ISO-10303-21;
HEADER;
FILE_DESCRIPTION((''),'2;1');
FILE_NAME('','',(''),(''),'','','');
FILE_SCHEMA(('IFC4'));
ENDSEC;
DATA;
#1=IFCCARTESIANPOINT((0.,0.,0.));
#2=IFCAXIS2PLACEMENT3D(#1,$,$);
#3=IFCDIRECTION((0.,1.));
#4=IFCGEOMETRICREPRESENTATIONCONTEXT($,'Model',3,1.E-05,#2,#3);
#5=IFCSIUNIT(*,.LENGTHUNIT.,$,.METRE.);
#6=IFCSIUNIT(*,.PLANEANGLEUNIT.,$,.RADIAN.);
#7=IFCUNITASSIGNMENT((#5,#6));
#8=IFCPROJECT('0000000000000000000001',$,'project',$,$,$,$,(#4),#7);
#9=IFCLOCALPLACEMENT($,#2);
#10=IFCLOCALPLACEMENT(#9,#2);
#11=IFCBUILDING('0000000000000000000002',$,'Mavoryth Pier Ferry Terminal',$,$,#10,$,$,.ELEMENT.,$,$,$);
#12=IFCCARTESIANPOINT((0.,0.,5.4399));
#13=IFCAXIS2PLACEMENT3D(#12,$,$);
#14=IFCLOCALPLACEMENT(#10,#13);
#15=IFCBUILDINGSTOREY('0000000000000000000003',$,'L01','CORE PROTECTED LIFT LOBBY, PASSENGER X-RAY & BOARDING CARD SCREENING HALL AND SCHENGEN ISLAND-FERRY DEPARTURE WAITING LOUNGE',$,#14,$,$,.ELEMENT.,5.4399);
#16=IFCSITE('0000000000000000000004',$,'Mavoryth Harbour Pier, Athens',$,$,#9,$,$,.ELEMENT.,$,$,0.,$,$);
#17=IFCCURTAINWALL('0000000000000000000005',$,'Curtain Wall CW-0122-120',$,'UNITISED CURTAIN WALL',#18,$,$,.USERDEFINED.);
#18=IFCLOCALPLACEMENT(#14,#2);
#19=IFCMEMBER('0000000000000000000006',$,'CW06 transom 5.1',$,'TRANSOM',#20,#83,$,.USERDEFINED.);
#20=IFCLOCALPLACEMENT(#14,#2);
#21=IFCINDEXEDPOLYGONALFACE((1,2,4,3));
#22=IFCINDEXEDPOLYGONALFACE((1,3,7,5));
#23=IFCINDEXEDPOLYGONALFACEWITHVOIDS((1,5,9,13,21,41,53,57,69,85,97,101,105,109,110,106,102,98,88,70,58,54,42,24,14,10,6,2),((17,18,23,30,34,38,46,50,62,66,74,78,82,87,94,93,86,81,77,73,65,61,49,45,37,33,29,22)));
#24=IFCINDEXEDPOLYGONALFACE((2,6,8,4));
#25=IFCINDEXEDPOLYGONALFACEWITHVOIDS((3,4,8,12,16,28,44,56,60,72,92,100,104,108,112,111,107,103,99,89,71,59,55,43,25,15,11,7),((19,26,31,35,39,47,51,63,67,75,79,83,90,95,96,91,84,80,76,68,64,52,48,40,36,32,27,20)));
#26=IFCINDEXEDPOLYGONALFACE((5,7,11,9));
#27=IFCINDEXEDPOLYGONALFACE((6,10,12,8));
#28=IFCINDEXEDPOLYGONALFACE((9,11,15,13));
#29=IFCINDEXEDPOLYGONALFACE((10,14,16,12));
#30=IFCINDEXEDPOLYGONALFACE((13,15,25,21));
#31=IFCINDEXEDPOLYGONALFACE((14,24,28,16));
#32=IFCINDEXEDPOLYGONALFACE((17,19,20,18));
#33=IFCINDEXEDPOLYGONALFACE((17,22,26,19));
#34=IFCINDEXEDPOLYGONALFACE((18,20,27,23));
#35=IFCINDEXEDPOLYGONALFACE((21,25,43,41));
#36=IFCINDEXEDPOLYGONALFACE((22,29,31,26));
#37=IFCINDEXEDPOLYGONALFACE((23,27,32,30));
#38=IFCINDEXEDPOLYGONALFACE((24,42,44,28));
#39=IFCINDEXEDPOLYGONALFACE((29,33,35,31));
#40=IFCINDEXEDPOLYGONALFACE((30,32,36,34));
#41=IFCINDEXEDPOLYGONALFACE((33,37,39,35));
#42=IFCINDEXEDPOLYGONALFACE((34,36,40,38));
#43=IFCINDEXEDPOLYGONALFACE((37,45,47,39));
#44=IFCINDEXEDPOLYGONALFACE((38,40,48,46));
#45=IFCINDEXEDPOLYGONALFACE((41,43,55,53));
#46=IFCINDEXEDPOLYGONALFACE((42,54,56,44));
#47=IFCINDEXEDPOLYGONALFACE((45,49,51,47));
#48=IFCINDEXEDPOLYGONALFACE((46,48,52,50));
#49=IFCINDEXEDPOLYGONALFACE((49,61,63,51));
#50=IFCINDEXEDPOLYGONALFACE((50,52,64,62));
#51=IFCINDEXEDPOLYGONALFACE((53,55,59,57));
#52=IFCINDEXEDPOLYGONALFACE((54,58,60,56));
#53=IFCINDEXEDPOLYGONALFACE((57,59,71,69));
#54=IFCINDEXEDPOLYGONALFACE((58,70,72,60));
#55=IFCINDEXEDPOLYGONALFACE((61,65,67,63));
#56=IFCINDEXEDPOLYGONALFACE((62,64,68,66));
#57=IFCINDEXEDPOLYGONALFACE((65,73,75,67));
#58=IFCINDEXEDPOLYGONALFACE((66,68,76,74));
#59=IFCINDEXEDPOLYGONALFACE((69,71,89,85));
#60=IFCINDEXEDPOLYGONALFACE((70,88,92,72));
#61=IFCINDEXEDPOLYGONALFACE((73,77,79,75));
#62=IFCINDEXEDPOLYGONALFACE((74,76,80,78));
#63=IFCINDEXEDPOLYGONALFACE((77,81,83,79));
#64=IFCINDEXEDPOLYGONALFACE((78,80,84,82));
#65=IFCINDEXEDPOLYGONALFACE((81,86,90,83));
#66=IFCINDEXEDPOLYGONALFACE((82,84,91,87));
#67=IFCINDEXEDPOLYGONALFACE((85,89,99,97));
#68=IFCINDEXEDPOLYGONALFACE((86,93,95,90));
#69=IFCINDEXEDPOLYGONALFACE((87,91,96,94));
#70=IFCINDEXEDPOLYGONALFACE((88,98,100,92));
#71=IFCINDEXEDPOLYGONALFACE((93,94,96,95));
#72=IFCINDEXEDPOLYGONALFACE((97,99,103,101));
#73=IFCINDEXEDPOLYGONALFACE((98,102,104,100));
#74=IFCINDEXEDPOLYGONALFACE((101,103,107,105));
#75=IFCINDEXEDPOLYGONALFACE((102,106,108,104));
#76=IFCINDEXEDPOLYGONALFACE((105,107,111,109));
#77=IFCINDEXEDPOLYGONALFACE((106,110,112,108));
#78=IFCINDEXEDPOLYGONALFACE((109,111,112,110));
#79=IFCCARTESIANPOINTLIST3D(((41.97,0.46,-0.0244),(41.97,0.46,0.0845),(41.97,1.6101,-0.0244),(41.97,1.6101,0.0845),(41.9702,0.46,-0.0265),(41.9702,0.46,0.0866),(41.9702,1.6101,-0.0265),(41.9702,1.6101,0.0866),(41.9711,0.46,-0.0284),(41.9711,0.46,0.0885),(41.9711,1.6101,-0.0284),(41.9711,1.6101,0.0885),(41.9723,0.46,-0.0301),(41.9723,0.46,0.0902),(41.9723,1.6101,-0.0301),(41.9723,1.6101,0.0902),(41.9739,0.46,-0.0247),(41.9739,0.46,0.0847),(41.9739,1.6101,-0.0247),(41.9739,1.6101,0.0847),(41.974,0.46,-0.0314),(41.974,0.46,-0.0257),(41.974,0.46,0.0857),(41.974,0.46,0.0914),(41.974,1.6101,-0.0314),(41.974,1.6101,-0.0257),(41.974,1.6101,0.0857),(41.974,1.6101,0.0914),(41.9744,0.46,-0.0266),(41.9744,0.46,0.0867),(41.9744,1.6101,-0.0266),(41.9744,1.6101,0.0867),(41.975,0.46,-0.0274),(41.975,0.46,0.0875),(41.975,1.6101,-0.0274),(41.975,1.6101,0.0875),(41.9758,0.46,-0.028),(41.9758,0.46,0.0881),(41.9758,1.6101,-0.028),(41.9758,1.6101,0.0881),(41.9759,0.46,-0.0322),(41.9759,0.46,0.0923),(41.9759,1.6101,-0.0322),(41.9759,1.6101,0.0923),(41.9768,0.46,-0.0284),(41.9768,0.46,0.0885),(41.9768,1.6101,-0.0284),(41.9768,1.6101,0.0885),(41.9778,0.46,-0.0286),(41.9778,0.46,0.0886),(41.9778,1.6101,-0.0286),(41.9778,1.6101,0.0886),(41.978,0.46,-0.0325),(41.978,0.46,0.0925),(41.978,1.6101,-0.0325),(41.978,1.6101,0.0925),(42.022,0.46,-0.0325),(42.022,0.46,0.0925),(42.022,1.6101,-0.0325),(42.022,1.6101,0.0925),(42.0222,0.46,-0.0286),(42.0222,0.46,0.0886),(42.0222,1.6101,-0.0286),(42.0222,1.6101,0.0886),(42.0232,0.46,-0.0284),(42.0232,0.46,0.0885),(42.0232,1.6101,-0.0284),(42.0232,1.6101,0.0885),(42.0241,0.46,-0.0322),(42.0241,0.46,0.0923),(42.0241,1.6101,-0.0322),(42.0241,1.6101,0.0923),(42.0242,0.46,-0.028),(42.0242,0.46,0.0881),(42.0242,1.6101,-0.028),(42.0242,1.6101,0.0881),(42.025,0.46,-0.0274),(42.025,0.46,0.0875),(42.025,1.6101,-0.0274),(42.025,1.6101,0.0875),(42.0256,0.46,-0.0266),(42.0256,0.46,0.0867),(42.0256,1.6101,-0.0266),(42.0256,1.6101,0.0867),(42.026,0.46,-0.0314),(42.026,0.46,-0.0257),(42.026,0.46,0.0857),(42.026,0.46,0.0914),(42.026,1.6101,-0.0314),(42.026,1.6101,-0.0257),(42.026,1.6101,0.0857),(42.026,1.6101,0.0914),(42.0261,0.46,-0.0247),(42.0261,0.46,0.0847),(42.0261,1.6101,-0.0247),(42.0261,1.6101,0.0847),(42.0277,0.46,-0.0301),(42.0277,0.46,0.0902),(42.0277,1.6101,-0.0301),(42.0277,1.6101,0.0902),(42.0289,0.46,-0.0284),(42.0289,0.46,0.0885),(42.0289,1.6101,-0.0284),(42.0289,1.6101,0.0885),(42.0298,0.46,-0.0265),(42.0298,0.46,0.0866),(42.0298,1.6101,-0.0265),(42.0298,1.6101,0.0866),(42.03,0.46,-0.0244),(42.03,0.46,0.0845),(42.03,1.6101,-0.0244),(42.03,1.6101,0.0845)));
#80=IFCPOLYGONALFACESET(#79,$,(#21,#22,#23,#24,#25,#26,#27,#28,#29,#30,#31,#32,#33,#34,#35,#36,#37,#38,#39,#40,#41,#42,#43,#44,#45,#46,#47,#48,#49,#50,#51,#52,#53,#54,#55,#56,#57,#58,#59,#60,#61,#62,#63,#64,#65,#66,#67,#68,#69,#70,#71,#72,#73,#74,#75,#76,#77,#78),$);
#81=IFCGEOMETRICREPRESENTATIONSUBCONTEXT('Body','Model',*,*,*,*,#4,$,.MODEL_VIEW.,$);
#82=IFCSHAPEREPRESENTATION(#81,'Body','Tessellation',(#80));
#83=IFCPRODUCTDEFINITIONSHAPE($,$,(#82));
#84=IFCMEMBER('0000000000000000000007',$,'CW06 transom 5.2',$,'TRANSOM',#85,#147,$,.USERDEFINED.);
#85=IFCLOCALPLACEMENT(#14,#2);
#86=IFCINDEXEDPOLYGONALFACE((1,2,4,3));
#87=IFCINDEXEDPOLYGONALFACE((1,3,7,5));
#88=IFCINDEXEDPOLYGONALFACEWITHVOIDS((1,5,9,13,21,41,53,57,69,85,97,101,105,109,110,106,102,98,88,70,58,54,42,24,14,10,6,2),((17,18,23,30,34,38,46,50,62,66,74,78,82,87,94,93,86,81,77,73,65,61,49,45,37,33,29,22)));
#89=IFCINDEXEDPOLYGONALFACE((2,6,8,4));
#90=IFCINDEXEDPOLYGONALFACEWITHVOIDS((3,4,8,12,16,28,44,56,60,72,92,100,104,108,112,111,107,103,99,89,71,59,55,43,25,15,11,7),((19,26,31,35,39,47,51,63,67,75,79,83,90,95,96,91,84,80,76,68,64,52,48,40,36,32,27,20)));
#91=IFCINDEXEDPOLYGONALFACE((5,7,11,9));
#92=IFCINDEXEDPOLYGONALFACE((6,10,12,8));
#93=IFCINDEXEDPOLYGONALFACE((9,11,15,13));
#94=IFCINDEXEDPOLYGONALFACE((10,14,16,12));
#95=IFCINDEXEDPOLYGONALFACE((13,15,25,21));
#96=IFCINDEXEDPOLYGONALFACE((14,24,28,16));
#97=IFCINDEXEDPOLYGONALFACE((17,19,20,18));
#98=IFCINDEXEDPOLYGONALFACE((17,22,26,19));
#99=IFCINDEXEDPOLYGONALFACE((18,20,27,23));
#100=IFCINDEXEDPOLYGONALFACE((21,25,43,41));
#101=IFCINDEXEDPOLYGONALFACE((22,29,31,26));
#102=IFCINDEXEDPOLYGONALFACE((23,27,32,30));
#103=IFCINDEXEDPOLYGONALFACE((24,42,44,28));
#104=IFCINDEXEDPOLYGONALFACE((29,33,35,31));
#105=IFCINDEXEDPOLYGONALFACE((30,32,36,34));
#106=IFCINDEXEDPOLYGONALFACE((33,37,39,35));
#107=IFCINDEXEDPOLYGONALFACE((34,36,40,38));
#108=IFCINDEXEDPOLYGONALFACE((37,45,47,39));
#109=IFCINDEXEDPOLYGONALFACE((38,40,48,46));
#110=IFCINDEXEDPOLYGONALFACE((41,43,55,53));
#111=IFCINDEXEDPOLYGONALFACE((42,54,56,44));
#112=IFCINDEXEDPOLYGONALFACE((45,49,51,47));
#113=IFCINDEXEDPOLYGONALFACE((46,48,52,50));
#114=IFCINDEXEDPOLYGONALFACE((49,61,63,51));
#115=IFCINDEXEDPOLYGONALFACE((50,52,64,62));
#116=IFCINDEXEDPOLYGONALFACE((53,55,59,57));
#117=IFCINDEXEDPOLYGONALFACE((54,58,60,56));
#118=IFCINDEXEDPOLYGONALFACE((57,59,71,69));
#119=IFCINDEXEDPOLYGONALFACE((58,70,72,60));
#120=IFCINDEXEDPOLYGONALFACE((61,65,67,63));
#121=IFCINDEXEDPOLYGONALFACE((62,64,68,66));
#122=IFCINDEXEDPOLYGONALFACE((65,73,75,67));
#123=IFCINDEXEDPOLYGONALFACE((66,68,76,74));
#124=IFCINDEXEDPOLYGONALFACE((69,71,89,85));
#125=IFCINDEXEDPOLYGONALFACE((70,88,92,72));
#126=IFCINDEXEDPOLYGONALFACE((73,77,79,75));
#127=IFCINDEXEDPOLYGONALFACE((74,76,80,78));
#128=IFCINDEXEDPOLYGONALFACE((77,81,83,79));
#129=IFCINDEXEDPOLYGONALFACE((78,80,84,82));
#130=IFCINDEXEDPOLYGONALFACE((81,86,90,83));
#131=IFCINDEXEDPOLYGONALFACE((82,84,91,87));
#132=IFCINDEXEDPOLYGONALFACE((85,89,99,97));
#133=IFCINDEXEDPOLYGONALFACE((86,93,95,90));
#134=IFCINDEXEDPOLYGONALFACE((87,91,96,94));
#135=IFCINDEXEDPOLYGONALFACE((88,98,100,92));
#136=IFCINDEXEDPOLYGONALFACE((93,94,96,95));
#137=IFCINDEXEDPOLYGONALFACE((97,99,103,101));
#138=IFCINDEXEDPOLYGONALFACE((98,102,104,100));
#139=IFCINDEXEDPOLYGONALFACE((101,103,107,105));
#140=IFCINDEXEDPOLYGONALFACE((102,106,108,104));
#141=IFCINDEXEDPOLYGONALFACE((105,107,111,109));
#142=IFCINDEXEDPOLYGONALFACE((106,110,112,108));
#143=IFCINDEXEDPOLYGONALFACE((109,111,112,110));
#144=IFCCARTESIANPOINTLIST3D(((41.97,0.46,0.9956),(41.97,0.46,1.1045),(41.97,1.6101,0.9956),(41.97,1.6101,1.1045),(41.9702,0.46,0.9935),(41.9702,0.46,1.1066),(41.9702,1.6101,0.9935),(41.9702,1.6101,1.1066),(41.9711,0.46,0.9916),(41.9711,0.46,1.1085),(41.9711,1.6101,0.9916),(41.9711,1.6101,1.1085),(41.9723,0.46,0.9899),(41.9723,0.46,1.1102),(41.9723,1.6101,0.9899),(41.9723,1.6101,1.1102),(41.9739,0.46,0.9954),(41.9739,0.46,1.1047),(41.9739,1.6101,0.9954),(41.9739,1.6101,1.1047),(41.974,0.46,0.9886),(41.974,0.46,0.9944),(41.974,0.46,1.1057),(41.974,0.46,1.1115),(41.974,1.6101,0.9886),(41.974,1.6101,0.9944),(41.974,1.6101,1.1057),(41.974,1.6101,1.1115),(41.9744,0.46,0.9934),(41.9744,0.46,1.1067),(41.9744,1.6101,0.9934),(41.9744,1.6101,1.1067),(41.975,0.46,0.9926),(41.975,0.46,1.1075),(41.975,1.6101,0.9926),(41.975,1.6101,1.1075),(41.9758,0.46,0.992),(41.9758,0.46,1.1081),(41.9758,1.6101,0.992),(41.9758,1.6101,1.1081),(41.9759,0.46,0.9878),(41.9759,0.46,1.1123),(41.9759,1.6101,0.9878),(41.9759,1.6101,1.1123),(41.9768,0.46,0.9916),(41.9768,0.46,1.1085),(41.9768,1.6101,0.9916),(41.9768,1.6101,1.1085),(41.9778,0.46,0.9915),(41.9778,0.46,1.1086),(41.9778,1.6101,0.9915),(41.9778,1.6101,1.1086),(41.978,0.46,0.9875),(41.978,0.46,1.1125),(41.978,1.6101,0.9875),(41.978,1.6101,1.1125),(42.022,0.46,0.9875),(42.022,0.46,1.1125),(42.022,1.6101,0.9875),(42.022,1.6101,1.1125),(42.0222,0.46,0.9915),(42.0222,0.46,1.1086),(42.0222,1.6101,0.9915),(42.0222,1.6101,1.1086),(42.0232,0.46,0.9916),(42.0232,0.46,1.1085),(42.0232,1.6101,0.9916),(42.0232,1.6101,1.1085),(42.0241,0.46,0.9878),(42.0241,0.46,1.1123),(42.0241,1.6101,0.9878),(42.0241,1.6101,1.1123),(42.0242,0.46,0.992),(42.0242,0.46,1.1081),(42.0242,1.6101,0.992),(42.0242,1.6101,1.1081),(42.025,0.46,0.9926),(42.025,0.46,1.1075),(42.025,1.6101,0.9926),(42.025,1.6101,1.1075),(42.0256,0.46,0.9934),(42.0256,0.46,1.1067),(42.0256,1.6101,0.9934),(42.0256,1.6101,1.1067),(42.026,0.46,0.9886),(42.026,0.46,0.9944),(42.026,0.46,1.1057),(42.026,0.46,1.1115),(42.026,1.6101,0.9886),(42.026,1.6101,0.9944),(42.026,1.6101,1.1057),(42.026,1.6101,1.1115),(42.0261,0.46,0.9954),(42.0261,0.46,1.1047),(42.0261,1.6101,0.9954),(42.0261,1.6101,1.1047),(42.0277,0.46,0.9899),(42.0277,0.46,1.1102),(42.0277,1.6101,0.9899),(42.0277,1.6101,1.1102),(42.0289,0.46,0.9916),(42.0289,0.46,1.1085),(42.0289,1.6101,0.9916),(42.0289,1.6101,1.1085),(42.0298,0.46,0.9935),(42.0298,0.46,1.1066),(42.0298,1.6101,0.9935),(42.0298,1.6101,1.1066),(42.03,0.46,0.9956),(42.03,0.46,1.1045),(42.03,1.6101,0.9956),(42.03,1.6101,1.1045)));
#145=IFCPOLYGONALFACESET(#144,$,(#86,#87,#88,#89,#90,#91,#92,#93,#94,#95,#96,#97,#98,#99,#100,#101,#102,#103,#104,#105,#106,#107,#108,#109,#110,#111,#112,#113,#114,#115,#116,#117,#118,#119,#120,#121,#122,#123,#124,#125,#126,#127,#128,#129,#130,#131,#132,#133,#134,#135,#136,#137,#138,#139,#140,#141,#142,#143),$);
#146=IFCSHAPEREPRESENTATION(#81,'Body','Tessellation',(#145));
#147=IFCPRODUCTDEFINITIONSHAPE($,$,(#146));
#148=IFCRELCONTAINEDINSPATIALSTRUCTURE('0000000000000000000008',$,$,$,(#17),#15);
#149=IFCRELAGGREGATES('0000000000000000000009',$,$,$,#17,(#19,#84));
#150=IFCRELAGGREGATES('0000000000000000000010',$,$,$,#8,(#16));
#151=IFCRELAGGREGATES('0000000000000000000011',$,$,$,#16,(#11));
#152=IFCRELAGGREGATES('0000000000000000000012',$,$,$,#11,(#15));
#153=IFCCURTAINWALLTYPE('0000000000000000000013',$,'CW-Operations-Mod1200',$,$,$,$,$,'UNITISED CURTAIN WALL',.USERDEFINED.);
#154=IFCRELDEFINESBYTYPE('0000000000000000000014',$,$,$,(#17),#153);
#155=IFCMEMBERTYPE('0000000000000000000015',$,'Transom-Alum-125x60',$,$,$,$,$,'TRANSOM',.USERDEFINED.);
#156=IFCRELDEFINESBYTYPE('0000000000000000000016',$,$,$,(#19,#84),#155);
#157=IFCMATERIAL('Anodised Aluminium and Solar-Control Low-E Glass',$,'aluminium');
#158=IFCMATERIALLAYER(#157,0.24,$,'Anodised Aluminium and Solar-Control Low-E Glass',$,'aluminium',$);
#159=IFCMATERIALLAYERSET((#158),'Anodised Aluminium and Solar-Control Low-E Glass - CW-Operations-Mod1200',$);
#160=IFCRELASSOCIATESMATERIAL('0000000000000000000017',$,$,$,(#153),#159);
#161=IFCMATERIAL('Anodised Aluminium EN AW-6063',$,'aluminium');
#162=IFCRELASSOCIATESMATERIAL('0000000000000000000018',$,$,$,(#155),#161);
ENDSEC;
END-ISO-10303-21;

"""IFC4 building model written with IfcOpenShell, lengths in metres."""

from ifc_helpers import new_model, si_unit, direction, frame, origin, origin_2d, place, context, subcontext, project, spatial, hollow_rectangle, extrude, material, layer, layer_set, material_profile, profile_set, type_object, element, aggregate, save


model = new_model("IFC4")

# Units and contexts
model_context = context("Model", 3, precision=1e-05, world=origin(), true_north=direction((0.0, 1.0)))
body_context = subcontext(model_context, "Body", "Model", "MODEL_VIEW")
ifc_project = project(units=[si_unit("LENGTHUNIT", "METRE"), si_unit("PLANEANGLEUNIT", "RADIAN")], contexts=[model_context])

# Site, building, storey
site_placement = place(None, origin())
site = spatial("IfcSite", under=ifc_project, at=site_placement, Name="Mavoryth Harbour Pier, Athens", CompositionType="ELEMENT", RefElevation=0.0)
building_placement = place(site_placement, origin())
building = spatial("IfcBuilding", under=site, at=building_placement, Name="Mavoryth Pier Ferry Terminal", CompositionType="ELEMENT")
storey_placement = place(building_placement, frame((0.0, 0.0, 5.4399)))
storey = spatial("IfcBuildingStorey", under=building, at=storey_placement, Name="L01", Description="CORE PROTECTED LIFT LOBBY, PASSENGER X-RAY & BOARDING CARD SCREENING HALL AND SCHENGEN ISLAND-FERRY DEPARTURE WAITING LOUNGE", CompositionType="ELEMENT", Elevation=5.4399)

# Curtain wall
ifc_material_1 = material(Name="Anodised Aluminium and Solar-Control Low-E Glass", Category="aluminium")
ifc_layer_1 = layer(ifc_material_1, 0.24, Name="Anodised Aluminium and Solar-Control Low-E Glass", Category="aluminium")
ifc_layer_set_1 = layer_set([ifc_layer_1], Name="Anodised Aluminium and Solar-Control Low-E Glass - CW-Operations-Mod1200")
curtain_wall_type = type_object("IfcCurtainWallType", Name="CW-Operations-Mod1200", ElementType="UNITISED CURTAIN WALL", PredefinedType="USERDEFINED", material=ifc_layer_set_1)
curtain_wall_placement = place(storey_placement, origin())
curtain_wall = element("IfcCurtainWall", 1, at=curtain_wall_placement, inside=storey, type_object=curtain_wall_type, Name="Curtain Wall CW-0122-120", ObjectType="UNITISED CURTAIN WALL", PredefinedType="USERDEFINED")
ifc_material_2 = material(Name="Anodised Aluminium EN AW-6063", Category="aluminium")

# Members
ifc_material_profile_1 = material_profile(ifc_material_2, hollow_rectangle(XDim=0.0601, YDim=0.125, WallThickness=0.0039, InnerFilletRadius=0.0039, OuterFilletRadius=0.0081, at=origin_2d()), Name="AL-TRAN 125x60x4", Category="aluminium")
ifc_profile_set_1 = profile_set([ifc_material_profile_1], Name="Anodised Aluminium EN AW-6063 - AL-TRAN 125x60x4")
member_type_1 = type_object("IfcMemberType", Name="Transom-Alum-125x60", ElementType="TRANSOM", PredefinedType="USERDEFINED", material=ifc_profile_set_1)
member_1_placement = place(storey_placement, frame((42.0, 1.6101, 0.03), z_axis=(0.0, -1.0, 0.0), x_axis=(1.0, 0.0, 0.0)))
member_1 = element("IfcMember", 2, at=member_1_placement, type_object=member_type_1, Name="CW06 transom 5.1", ObjectType="TRANSOM", PredefinedType="USERDEFINED", context=body_context, shape_type="SweptSolid", body=[
    extrude(hollow_rectangle(XDim=0.0601, YDim=0.125, WallThickness=0.0039, InnerFilletRadius=0.0039, OuterFilletRadius=0.0081, at=origin_2d()), origin(), (0.0, 0.0, 1.0), 1.1501),
])
member_2_placement = place(storey_placement, frame((42.0, 1.6101, 1.05), z_axis=(0.0, -1.0, 0.0), x_axis=(1.0, 0.0, 0.0)))
member_2 = element("IfcMember", 3, at=member_2_placement, type_object=member_type_1, Name="CW06 transom 5.2", ObjectType="TRANSOM", PredefinedType="USERDEFINED", context=body_context, shape_type="SweptSolid", body=[
    extrude(hollow_rectangle(XDim=0.0601, YDim=0.125, WallThickness=0.0039, InnerFilletRadius=0.0039, OuterFilletRadius=0.0081, at=origin_2d()), origin(), (0.0, 0.0, 1.0), 1.1501),
])

aggregate(curtain_wall, [member_1, member_2])

save(model, "model.ifc")
